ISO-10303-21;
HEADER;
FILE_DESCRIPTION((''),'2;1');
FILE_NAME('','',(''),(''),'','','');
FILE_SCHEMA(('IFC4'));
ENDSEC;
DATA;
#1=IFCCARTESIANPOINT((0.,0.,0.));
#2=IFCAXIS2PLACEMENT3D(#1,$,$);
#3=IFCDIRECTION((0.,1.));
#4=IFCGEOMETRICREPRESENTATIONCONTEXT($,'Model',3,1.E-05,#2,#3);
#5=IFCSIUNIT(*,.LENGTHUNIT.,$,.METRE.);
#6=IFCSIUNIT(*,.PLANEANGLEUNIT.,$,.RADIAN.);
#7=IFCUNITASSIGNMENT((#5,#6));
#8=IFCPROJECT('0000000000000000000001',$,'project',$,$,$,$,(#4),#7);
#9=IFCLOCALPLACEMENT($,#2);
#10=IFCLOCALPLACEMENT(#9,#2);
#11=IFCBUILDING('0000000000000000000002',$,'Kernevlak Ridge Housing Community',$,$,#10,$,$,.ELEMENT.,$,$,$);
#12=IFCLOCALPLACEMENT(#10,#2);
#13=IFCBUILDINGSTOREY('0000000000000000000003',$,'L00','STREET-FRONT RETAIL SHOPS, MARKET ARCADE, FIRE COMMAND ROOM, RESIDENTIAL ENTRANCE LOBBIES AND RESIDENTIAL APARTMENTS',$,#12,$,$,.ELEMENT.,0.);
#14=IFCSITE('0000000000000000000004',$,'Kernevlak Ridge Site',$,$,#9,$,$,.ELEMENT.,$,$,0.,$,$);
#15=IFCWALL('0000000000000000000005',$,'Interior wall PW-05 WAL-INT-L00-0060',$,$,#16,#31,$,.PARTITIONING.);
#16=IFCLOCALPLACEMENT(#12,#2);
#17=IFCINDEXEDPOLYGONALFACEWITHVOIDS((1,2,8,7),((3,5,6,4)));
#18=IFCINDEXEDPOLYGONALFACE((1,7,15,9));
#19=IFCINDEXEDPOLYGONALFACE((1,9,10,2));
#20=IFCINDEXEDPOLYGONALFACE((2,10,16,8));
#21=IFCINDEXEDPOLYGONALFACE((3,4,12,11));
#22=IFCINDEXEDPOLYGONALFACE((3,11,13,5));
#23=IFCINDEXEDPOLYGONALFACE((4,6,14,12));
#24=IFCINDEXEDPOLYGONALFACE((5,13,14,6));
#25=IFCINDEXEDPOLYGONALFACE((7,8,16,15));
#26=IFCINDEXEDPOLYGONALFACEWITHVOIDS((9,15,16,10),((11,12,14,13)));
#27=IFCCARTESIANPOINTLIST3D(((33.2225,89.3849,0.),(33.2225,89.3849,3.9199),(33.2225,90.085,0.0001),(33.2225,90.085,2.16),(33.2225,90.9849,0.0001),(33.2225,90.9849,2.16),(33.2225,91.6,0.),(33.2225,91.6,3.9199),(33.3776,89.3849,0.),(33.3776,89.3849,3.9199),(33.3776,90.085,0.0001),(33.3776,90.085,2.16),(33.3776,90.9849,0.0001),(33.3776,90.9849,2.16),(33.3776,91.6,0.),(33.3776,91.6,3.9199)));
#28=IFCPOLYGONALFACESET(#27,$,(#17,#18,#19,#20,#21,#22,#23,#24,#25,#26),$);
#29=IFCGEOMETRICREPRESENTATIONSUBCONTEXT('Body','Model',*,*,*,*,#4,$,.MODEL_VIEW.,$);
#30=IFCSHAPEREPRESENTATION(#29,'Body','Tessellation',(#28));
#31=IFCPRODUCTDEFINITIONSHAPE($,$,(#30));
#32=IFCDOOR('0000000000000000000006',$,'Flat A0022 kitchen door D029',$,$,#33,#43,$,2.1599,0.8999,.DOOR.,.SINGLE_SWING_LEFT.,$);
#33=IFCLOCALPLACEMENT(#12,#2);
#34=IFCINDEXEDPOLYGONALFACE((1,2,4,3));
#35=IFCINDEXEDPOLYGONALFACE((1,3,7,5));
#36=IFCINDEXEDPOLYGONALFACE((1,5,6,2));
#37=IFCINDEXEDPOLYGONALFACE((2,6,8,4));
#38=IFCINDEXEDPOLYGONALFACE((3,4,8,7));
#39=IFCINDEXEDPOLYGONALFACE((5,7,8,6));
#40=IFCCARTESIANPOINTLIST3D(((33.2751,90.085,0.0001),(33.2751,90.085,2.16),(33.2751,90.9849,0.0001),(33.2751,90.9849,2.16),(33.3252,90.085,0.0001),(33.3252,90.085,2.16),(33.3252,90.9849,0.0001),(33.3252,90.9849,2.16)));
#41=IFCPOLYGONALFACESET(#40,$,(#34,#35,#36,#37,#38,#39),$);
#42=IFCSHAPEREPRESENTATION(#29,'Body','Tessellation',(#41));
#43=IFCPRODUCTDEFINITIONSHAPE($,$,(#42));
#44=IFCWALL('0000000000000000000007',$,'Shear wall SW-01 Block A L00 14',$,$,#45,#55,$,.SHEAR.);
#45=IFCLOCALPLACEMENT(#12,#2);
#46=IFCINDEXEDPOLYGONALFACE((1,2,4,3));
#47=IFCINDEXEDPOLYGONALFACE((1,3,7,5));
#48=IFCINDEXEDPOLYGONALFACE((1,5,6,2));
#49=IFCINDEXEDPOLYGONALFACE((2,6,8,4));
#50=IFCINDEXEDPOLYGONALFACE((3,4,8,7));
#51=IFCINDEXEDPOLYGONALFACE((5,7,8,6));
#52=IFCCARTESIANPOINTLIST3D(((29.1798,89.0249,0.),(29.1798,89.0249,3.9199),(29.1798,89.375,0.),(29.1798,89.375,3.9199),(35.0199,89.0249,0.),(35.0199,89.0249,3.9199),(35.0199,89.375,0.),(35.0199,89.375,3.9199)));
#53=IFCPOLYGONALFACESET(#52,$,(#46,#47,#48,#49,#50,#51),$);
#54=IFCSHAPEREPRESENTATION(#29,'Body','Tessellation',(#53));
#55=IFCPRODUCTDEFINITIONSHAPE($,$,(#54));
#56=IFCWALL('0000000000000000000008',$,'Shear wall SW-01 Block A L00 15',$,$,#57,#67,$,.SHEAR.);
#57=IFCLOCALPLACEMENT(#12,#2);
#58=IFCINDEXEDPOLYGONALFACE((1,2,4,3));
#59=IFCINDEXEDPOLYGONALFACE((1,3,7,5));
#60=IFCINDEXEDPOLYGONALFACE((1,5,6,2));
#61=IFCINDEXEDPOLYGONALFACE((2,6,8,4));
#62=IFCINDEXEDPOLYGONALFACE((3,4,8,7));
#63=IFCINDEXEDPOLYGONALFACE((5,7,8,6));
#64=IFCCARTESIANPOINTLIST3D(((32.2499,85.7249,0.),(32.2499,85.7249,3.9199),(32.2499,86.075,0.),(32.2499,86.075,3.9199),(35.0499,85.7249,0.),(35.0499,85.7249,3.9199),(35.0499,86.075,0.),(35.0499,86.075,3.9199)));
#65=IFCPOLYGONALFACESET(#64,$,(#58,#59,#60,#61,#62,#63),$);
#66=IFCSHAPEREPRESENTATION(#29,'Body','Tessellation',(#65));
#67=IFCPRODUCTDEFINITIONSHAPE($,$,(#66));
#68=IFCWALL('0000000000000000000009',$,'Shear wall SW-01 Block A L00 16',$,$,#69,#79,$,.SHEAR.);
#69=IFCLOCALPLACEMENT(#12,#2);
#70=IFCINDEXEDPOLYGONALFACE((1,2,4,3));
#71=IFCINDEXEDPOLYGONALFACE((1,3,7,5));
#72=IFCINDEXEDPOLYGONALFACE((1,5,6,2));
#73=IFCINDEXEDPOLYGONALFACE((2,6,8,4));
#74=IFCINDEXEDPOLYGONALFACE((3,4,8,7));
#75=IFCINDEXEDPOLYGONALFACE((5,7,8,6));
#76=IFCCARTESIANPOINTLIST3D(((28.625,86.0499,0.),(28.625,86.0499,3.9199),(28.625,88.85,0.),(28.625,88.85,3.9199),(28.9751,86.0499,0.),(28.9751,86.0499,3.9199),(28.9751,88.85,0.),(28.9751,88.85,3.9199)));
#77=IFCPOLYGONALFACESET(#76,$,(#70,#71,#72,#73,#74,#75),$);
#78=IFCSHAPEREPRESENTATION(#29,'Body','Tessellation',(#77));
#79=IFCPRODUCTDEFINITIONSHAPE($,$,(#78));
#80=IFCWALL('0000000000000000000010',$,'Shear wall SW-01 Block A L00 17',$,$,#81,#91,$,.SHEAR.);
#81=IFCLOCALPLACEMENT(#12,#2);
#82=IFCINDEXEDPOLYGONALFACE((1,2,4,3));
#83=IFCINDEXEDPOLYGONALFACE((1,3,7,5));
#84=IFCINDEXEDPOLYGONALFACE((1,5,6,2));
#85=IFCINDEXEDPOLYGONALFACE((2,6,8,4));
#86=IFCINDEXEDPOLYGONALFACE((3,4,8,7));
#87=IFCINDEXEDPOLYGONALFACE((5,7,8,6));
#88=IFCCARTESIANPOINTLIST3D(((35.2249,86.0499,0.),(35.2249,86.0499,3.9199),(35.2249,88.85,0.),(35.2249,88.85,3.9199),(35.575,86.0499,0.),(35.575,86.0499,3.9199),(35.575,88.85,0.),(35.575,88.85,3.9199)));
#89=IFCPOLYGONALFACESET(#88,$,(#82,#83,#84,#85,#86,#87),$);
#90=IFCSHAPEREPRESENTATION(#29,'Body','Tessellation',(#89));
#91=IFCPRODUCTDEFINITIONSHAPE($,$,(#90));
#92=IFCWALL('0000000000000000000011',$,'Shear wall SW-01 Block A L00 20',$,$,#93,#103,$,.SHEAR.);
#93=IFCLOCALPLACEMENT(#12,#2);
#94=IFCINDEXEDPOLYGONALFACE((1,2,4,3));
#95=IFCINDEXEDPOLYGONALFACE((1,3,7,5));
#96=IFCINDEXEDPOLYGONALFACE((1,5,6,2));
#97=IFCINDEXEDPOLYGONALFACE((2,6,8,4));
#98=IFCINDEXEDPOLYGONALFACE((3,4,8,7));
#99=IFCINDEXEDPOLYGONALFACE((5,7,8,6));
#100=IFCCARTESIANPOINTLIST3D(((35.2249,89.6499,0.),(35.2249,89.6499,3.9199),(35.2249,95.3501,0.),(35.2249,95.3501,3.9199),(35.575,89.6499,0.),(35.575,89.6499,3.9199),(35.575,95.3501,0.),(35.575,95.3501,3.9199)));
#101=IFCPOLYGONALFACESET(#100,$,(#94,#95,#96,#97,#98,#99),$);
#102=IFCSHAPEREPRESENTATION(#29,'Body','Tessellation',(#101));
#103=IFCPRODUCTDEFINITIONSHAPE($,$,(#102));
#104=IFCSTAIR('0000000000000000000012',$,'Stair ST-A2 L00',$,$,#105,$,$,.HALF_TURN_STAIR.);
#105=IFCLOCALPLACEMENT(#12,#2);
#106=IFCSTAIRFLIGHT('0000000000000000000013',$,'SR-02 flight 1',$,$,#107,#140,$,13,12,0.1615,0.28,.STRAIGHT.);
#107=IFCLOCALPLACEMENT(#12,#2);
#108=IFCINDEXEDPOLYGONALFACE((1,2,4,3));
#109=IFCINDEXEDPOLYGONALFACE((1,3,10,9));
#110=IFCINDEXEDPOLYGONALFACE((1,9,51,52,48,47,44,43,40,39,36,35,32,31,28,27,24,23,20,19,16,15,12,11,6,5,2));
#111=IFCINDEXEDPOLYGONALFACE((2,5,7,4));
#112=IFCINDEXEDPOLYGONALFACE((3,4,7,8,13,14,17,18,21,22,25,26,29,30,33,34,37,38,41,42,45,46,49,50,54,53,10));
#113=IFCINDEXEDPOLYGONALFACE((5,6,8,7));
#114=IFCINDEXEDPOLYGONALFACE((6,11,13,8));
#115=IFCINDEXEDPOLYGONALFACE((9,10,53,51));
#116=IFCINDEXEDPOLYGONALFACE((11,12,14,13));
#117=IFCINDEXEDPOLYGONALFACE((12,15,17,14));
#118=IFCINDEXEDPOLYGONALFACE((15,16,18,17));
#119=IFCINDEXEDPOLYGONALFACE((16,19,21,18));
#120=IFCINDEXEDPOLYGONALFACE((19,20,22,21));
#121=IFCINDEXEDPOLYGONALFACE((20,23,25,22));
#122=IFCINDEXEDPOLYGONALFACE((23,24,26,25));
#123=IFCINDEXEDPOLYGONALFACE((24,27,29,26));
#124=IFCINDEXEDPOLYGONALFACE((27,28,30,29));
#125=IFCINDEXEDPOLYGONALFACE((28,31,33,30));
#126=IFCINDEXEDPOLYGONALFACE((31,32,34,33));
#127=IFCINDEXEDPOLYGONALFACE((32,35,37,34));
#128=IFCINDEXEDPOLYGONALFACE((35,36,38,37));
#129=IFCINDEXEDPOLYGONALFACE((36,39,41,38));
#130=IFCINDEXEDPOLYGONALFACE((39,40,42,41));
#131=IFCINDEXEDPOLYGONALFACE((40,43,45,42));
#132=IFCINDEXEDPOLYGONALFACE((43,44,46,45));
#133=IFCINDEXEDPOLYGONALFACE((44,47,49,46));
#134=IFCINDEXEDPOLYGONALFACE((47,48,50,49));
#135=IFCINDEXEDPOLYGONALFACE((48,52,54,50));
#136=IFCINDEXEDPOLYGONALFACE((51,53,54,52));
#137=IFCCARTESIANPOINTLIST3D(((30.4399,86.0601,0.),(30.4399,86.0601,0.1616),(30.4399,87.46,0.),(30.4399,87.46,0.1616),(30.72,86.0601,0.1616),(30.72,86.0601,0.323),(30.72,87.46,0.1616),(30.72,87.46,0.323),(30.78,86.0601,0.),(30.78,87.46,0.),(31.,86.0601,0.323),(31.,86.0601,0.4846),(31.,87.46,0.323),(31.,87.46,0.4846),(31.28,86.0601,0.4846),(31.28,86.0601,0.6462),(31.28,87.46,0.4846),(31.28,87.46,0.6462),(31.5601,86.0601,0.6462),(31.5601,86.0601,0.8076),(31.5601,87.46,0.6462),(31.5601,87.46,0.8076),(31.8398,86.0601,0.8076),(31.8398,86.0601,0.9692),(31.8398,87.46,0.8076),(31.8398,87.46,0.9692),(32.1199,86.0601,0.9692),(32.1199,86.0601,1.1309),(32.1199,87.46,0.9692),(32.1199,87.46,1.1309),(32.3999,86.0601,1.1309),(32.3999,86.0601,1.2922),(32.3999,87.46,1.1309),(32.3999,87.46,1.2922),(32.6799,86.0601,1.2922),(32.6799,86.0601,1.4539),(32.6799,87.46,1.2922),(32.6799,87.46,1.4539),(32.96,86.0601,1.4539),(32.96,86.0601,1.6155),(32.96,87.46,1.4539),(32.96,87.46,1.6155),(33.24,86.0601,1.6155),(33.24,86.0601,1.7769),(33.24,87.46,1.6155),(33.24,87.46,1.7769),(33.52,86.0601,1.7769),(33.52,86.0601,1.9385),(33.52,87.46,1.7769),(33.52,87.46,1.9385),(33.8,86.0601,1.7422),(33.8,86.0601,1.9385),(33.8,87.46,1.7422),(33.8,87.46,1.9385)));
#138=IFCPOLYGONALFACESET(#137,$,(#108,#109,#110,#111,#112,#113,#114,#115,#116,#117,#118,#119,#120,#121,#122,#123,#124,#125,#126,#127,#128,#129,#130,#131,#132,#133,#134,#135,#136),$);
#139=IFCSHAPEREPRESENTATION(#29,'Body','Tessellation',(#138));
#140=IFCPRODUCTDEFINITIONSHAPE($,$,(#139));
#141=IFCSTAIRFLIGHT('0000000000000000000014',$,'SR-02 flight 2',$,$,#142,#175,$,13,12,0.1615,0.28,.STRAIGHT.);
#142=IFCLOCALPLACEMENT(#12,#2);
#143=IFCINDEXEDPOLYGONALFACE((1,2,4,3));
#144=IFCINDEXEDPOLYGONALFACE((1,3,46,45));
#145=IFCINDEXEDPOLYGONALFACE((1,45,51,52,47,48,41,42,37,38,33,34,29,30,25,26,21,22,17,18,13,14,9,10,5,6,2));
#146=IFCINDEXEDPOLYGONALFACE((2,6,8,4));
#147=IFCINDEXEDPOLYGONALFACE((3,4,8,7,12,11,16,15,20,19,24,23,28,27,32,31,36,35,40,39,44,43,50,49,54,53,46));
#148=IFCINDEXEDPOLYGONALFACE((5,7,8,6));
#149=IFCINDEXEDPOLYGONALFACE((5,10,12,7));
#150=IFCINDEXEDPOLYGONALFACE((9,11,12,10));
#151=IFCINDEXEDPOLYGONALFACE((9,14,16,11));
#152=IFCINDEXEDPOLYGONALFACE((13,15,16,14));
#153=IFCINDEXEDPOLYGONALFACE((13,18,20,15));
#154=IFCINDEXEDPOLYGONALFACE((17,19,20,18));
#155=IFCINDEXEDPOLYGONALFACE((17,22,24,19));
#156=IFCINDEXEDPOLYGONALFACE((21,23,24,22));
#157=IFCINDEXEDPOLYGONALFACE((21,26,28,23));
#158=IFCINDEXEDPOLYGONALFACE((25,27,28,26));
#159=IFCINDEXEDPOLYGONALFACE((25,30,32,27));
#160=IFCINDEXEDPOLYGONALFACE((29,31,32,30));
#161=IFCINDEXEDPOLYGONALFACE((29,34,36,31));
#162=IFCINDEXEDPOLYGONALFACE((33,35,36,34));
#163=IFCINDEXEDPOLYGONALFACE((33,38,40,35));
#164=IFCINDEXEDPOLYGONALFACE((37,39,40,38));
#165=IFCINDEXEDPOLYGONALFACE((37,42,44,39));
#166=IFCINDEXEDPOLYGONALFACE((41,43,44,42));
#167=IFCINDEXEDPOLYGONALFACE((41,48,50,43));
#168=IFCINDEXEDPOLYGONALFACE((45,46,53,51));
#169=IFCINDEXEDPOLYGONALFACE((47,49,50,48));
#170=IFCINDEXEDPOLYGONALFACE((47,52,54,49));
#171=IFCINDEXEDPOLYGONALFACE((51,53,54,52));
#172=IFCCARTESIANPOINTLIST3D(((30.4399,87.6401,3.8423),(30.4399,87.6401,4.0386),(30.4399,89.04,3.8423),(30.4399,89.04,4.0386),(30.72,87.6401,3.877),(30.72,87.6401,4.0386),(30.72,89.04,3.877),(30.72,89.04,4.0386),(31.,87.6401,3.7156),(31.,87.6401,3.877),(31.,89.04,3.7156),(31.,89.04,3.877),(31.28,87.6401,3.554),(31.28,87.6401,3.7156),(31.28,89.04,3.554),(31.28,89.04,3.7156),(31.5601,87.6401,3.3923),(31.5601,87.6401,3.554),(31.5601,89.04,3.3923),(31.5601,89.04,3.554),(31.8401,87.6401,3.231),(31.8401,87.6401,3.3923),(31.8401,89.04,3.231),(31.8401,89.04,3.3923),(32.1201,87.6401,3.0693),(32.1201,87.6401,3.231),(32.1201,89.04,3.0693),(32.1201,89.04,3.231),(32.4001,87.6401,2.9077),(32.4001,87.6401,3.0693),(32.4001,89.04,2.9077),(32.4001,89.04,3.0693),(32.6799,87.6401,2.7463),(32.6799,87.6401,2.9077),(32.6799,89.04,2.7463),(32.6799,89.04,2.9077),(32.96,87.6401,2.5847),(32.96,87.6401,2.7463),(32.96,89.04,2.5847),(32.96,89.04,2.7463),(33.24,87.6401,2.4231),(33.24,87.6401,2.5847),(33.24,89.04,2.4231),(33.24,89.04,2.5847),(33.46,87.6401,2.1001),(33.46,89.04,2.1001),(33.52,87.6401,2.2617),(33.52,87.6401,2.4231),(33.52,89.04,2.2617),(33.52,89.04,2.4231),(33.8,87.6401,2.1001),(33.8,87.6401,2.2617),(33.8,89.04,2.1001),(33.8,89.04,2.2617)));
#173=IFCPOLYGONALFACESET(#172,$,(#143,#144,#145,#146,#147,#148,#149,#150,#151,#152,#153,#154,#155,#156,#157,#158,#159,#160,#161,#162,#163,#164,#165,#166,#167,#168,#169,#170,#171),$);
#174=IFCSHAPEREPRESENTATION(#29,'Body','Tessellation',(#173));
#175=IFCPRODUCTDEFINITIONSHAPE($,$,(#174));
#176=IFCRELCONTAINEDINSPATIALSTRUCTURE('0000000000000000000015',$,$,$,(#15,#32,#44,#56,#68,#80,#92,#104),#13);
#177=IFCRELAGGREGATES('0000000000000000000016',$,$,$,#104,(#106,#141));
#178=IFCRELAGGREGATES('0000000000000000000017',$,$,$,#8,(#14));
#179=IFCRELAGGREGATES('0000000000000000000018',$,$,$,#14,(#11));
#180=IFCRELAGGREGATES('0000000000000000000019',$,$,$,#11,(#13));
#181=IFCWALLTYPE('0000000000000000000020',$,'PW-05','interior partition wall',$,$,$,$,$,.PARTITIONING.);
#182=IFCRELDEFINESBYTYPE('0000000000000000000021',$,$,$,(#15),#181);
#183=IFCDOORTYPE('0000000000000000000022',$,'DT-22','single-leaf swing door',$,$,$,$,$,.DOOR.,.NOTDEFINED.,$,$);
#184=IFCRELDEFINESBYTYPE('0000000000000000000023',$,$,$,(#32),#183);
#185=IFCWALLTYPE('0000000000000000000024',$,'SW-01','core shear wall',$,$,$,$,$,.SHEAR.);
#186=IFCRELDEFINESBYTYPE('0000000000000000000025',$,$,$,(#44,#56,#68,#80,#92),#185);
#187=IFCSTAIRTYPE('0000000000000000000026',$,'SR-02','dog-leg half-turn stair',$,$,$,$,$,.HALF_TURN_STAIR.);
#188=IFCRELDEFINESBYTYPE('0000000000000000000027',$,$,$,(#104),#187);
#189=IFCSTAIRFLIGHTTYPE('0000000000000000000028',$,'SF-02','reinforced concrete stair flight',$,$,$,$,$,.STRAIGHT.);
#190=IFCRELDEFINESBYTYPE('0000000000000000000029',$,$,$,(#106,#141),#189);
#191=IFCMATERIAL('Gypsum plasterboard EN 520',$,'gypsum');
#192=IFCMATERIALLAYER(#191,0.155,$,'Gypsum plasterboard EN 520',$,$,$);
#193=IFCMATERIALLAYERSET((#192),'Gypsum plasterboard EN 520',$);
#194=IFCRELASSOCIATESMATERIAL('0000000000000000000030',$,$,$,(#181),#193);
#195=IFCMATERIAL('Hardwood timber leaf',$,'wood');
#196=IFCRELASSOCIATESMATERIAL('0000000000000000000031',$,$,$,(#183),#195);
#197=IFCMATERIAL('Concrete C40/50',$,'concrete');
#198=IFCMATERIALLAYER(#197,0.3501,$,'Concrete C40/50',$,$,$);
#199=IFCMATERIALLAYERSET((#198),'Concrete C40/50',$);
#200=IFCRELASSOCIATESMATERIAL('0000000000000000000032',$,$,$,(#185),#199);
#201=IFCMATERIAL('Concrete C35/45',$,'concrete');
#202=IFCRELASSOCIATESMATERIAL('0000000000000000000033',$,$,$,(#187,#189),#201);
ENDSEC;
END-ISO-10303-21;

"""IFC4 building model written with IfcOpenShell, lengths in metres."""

from ifc_helpers import new_model, si_unit, direction, frame, frame_2d, origin, place, context, subcontext, project, spatial, polyline, rectangle, outline, extrude, material, layer, layer_set, type_object, element, fill, aggregate, save


model = new_model("IFC4")

# Units and contexts
model_context = context("Model", 3, precision=1e-05, world=origin(), true_north=direction((0.0, 1.0)))
body_context = subcontext(model_context, "Body", "Model", "MODEL_VIEW")
ifc_project = project(units=[si_unit("LENGTHUNIT", "METRE"), si_unit("PLANEANGLEUNIT", "RADIAN")], contexts=[model_context])

# Site, building, storey
site_placement = place(None, origin())
site = spatial("IfcSite", under=ifc_project, at=site_placement, Name="Kernevlak Ridge Site", CompositionType="ELEMENT", RefElevation=0.0)
building_placement = place(site_placement, origin())
building = spatial("IfcBuilding", under=site, at=building_placement, Name="Kernevlak Ridge Housing Community", CompositionType="ELEMENT")
storey_placement = place(building_placement, origin())
storey = spatial("IfcBuildingStorey", under=building, at=storey_placement, Name="L00", Description="STREET-FRONT RETAIL SHOPS, MARKET ARCADE, FIRE COMMAND ROOM, RESIDENTIAL ENTRANCE LOBBIES AND RESIDENTIAL APARTMENTS", CompositionType="ELEMENT", Elevation=0.0)

# Shared definitions
ifc_material_1 = material(Name="Concrete C40/50", Category="concrete")

# Shared definitions
ifc_material_2 = material(Name="Concrete C35/45", Category="concrete")

# Wall, opening, door
ifc_material_3 = material(Name="Gypsum plasterboard EN 520", Category="gypsum")
ifc_layer_1 = layer(ifc_material_3, 0.155, Name="Gypsum plasterboard EN 520")
ifc_layer_set_1 = layer_set([ifc_layer_1], Name="Gypsum plasterboard EN 520")
wall_type_1 = type_object("IfcWallType", Name="PW-05", Description="interior partition wall", PredefinedType="PARTITIONING", material=ifc_layer_set_1)
wall_1_placement = place(storey_placement, frame((33.3, 89.385, 0.0), z_axis=(0.0, 0.0, 1.0), x_axis=(0.0, 1.0, 0.0)))
wall_1 = element("IfcWall", 1, at=wall_1_placement, inside=storey, type_object=wall_type_1, Name="Interior wall PW-05 WAL-INT-L00-0060", PredefinedType="PARTITIONING", context=body_context, shape_type="SweptSolid", body=[
    extrude(rectangle(XDim=2.2151, YDim=0.155, at=frame_2d((1.1074, 0.0))), origin(), (0.0, 0.0, 1.0), 3.9199),
])
opening_1_placement = place(wall_1_placement, frame((0.7, 0.0, 0.0)))
opening_1 = element("IfcOpeningElement", 2, at=opening_1_placement, cuts=wall_1, PredefinedType="OPENING", context=body_context, shape_type="SweptSolid", body=[
    extrude(rectangle(XDim=0.8999, YDim=2.1599, at=frame_2d((0.45, 1.0801))), frame((0.0, 0.0874, 0.0), z_axis=(0.0, -1.0, 0.0), x_axis=(1.0, 0.0, 0.0)), (0.0, 0.0, 1.0), 0.175),
])
ifc_material_4 = material(Name="Hardwood timber leaf", Category="wood")
door_type_1 = type_object("IfcDoorType", Name="DT-22", Description="single-leaf swing door", OperationType="NOTDEFINED", PredefinedType="DOOR", material=ifc_material_4)
door_1_placement = place(opening_1_placement, origin())
door_1 = element("IfcDoor", 3, at=door_1_placement, inside=storey, type_object=door_type_1, Name="Flat A0022 kitchen door D029", OperationType="SINGLE_SWING_LEFT", OverallHeight=2.1599, OverallWidth=0.8999, PredefinedType="DOOR", context=body_context, shape_type="SweptSolid", body=[
    extrude(rectangle(XDim=0.8999, YDim=2.1599, at=frame_2d((0.45, 1.0801))), frame((0.0, 0.0249, 0.0), z_axis=(0.0, -1.0, 0.0), x_axis=(1.0, 0.0, 0.0)), (0.0, 0.0, 1.0), 0.05),
])
fill(opening_1, door_1)

# Walls
ifc_layer_2 = layer(ifc_material_1, 0.3501, Name="Concrete C40/50")
ifc_layer_set_2 = layer_set([ifc_layer_2], Name="Concrete C40/50")
wall_type_2 = type_object("IfcWallType", Name="SW-01", Description="core shear wall", PredefinedType="SHEAR", material=ifc_layer_set_2)
wall_2_placement = place(storey_placement, frame((29.1799, 89.2, 0.0), z_axis=(0.0, 0.0, 1.0), x_axis=(1.0, 0.0, 0.0)))
element("IfcWall", 4, at=wall_2_placement, inside=storey, type_object=wall_type_2, Name="Shear wall SW-01 Block A L00 14", PredefinedType="SHEAR", context=body_context, shape_type="SweptSolid", body=[
    extrude(rectangle(XDim=5.8401, YDim=0.3501, at=frame_2d((2.9199, 0.0))), origin(), (0.0, 0.0, 1.0), 3.9199),
])
for number, where, z_axis, x_axis, name in (
    (5, (32.25, 85.8999, 0.0), (0.0, 0.0, 1.0), (1.0, 0.0, 0.0), "Shear wall SW-01 Block A L00 15"),
    (6, (28.8, 86.05, 0.0), (0.0, 0.0, 1.0), (0.0, 1.0, 0.0), "Shear wall SW-01 Block A L00 16"),
    (7, (35.3999, 86.05, 0.0), (0.0, 0.0, 1.0), (0.0, 1.0, 0.0), "Shear wall SW-01 Block A L00 17"),
):
    element("IfcWall", number, at=place(storey_placement, frame(where, z_axis=z_axis, x_axis=x_axis)), inside=storey, type_object=wall_type_2, Name=name, PredefinedType="SHEAR", context=body_context, shape_type="SweptSolid", body=[
        extrude(rectangle(XDim=2.8, YDim=0.3501, at=frame_2d((1.3999, 0.0))), origin(), (0.0, 0.0, 1.0), 3.9199),
    ])
wall_3_placement = place(storey_placement, frame((35.3999, 89.6499, 0.0), z_axis=(0.0, 0.0, 1.0), x_axis=(0.0, 1.0, 0.0)))
element("IfcWall", 8, at=wall_3_placement, inside=storey, type_object=wall_type_2, Name="Shear wall SW-01 Block A L00 20", PredefinedType="SHEAR", context=body_context, shape_type="SweptSolid", body=[
    extrude(rectangle(XDim=5.7002, YDim=0.3501, at=frame_2d((2.8501, 0.0))), origin(), (0.0, 0.0, 1.0), 3.9199),
])

# Stair, stair flights
stair_type = type_object("IfcStairType", Name="SR-02", Description="dog-leg half-turn stair", PredefinedType="HALF_TURN_STAIR", material=ifc_material_2)
stair_placement = place(storey_placement, origin())
stair = element("IfcStair", 9, at=stair_placement, inside=storey, type_object=stair_type, Name="Stair ST-A2 L00", PredefinedType="HALF_TURN_STAIR")
stair_flight_type = type_object("IfcStairFlightType", Name="SF-02", Description="reinforced concrete stair flight", PredefinedType="STRAIGHT", material=ifc_material_2)
stair_flight_1_placement = place(storey_placement, frame((30.4399, 86.76, 0.0), z_axis=(0.0, 0.0, 1.0), x_axis=(1.0, 0.0, 0.0)))
stair_flight_1 = element("IfcStairFlight", 10, at=stair_flight_1_placement, type_object=stair_flight_type, Name="SR-02 flight 1", NumberOfRisers=13, NumberOfTreads=12, PredefinedType="STRAIGHT", RiserHeight=0.1615, TreadLength=0.28, context=body_context, shape_type="SweptSolid", body=[
    extrude(outline(polyline([(0.0, 0.0), (0.0, 0.1616), (0.28, 0.1616), (0.28, 0.323), (0.5601, 0.323), (0.5601, 0.4846), (0.8401, 0.4846), (0.8401, 0.6462), (1.1201, 0.6462), (1.1201, 0.8076), (1.3999, 0.8076), (1.3999, 0.9692), (1.6799, 0.9692), (1.6799, 1.1309), (1.96, 1.1309), (1.96, 1.2922), (2.24, 1.2922), (2.24, 1.4539), (2.52, 1.4539), (2.52, 1.6155), (2.8, 1.6155), (2.8, 1.7769), (3.0801, 1.7769), (3.0801, 1.9385), (3.3601, 1.9385), (3.3601, 2.1001), (3.3601, 1.7422), (0.3401, 0.0), (0.0, 0.0)])), frame((0.0, 0.7, 0.0), z_axis=(0.0, -1.0, 0.0), x_axis=(1.0, 0.0, 0.0)), (0.0, 0.0, 1.0), 1.3999),
])
stair_flight_2_placement = place(storey_placement, frame((33.8, 88.3401, 2.1001), z_axis=(0.0, 0.0, 1.0), x_axis=(-1.0, 0.0, 0.0)))
stair_flight_2 = element("IfcStairFlight", 11, at=stair_flight_2_placement, type_object=stair_flight_type, Name="SR-02 flight 2", NumberOfRisers=13, NumberOfTreads=12, PredefinedType="STRAIGHT", RiserHeight=0.1615, TreadLength=0.28, context=body_context, shape_type="SweptSolid", body=[
    extrude(outline(polyline([(0.0, 0.0), (0.0, 0.1616), (0.28, 0.1616), (0.28, 0.323), (0.5601, 0.323), (0.5601, 0.4846), (0.8401, 0.4846), (0.8401, 0.6462), (1.1201, 0.6462), (1.1201, 0.8076), (1.3999, 0.8076), (1.3999, 0.9692), (1.6799, 0.9692), (1.6799, 1.1309), (1.96, 1.1309), (1.96, 1.2922), (2.24, 1.2922), (2.24, 1.4539), (2.52, 1.4539), (2.52, 1.6155), (2.8, 1.6155), (2.8, 1.7769), (3.0801, 1.7769), (3.0801, 1.9385), (3.3601, 1.9385), (3.3601, 2.1001), (3.3601, 1.7422), (0.3401, 0.0), (0.0, 0.0)])), frame((0.0, 0.7, 0.0), z_axis=(0.0, -1.0, 0.0), x_axis=(1.0, 0.0, 0.0)), (0.0, 0.0, 1.0), 1.3999),
])
aggregate(stair, [stair_flight_1, stair_flight_2])

save(model, "model.ifc")
